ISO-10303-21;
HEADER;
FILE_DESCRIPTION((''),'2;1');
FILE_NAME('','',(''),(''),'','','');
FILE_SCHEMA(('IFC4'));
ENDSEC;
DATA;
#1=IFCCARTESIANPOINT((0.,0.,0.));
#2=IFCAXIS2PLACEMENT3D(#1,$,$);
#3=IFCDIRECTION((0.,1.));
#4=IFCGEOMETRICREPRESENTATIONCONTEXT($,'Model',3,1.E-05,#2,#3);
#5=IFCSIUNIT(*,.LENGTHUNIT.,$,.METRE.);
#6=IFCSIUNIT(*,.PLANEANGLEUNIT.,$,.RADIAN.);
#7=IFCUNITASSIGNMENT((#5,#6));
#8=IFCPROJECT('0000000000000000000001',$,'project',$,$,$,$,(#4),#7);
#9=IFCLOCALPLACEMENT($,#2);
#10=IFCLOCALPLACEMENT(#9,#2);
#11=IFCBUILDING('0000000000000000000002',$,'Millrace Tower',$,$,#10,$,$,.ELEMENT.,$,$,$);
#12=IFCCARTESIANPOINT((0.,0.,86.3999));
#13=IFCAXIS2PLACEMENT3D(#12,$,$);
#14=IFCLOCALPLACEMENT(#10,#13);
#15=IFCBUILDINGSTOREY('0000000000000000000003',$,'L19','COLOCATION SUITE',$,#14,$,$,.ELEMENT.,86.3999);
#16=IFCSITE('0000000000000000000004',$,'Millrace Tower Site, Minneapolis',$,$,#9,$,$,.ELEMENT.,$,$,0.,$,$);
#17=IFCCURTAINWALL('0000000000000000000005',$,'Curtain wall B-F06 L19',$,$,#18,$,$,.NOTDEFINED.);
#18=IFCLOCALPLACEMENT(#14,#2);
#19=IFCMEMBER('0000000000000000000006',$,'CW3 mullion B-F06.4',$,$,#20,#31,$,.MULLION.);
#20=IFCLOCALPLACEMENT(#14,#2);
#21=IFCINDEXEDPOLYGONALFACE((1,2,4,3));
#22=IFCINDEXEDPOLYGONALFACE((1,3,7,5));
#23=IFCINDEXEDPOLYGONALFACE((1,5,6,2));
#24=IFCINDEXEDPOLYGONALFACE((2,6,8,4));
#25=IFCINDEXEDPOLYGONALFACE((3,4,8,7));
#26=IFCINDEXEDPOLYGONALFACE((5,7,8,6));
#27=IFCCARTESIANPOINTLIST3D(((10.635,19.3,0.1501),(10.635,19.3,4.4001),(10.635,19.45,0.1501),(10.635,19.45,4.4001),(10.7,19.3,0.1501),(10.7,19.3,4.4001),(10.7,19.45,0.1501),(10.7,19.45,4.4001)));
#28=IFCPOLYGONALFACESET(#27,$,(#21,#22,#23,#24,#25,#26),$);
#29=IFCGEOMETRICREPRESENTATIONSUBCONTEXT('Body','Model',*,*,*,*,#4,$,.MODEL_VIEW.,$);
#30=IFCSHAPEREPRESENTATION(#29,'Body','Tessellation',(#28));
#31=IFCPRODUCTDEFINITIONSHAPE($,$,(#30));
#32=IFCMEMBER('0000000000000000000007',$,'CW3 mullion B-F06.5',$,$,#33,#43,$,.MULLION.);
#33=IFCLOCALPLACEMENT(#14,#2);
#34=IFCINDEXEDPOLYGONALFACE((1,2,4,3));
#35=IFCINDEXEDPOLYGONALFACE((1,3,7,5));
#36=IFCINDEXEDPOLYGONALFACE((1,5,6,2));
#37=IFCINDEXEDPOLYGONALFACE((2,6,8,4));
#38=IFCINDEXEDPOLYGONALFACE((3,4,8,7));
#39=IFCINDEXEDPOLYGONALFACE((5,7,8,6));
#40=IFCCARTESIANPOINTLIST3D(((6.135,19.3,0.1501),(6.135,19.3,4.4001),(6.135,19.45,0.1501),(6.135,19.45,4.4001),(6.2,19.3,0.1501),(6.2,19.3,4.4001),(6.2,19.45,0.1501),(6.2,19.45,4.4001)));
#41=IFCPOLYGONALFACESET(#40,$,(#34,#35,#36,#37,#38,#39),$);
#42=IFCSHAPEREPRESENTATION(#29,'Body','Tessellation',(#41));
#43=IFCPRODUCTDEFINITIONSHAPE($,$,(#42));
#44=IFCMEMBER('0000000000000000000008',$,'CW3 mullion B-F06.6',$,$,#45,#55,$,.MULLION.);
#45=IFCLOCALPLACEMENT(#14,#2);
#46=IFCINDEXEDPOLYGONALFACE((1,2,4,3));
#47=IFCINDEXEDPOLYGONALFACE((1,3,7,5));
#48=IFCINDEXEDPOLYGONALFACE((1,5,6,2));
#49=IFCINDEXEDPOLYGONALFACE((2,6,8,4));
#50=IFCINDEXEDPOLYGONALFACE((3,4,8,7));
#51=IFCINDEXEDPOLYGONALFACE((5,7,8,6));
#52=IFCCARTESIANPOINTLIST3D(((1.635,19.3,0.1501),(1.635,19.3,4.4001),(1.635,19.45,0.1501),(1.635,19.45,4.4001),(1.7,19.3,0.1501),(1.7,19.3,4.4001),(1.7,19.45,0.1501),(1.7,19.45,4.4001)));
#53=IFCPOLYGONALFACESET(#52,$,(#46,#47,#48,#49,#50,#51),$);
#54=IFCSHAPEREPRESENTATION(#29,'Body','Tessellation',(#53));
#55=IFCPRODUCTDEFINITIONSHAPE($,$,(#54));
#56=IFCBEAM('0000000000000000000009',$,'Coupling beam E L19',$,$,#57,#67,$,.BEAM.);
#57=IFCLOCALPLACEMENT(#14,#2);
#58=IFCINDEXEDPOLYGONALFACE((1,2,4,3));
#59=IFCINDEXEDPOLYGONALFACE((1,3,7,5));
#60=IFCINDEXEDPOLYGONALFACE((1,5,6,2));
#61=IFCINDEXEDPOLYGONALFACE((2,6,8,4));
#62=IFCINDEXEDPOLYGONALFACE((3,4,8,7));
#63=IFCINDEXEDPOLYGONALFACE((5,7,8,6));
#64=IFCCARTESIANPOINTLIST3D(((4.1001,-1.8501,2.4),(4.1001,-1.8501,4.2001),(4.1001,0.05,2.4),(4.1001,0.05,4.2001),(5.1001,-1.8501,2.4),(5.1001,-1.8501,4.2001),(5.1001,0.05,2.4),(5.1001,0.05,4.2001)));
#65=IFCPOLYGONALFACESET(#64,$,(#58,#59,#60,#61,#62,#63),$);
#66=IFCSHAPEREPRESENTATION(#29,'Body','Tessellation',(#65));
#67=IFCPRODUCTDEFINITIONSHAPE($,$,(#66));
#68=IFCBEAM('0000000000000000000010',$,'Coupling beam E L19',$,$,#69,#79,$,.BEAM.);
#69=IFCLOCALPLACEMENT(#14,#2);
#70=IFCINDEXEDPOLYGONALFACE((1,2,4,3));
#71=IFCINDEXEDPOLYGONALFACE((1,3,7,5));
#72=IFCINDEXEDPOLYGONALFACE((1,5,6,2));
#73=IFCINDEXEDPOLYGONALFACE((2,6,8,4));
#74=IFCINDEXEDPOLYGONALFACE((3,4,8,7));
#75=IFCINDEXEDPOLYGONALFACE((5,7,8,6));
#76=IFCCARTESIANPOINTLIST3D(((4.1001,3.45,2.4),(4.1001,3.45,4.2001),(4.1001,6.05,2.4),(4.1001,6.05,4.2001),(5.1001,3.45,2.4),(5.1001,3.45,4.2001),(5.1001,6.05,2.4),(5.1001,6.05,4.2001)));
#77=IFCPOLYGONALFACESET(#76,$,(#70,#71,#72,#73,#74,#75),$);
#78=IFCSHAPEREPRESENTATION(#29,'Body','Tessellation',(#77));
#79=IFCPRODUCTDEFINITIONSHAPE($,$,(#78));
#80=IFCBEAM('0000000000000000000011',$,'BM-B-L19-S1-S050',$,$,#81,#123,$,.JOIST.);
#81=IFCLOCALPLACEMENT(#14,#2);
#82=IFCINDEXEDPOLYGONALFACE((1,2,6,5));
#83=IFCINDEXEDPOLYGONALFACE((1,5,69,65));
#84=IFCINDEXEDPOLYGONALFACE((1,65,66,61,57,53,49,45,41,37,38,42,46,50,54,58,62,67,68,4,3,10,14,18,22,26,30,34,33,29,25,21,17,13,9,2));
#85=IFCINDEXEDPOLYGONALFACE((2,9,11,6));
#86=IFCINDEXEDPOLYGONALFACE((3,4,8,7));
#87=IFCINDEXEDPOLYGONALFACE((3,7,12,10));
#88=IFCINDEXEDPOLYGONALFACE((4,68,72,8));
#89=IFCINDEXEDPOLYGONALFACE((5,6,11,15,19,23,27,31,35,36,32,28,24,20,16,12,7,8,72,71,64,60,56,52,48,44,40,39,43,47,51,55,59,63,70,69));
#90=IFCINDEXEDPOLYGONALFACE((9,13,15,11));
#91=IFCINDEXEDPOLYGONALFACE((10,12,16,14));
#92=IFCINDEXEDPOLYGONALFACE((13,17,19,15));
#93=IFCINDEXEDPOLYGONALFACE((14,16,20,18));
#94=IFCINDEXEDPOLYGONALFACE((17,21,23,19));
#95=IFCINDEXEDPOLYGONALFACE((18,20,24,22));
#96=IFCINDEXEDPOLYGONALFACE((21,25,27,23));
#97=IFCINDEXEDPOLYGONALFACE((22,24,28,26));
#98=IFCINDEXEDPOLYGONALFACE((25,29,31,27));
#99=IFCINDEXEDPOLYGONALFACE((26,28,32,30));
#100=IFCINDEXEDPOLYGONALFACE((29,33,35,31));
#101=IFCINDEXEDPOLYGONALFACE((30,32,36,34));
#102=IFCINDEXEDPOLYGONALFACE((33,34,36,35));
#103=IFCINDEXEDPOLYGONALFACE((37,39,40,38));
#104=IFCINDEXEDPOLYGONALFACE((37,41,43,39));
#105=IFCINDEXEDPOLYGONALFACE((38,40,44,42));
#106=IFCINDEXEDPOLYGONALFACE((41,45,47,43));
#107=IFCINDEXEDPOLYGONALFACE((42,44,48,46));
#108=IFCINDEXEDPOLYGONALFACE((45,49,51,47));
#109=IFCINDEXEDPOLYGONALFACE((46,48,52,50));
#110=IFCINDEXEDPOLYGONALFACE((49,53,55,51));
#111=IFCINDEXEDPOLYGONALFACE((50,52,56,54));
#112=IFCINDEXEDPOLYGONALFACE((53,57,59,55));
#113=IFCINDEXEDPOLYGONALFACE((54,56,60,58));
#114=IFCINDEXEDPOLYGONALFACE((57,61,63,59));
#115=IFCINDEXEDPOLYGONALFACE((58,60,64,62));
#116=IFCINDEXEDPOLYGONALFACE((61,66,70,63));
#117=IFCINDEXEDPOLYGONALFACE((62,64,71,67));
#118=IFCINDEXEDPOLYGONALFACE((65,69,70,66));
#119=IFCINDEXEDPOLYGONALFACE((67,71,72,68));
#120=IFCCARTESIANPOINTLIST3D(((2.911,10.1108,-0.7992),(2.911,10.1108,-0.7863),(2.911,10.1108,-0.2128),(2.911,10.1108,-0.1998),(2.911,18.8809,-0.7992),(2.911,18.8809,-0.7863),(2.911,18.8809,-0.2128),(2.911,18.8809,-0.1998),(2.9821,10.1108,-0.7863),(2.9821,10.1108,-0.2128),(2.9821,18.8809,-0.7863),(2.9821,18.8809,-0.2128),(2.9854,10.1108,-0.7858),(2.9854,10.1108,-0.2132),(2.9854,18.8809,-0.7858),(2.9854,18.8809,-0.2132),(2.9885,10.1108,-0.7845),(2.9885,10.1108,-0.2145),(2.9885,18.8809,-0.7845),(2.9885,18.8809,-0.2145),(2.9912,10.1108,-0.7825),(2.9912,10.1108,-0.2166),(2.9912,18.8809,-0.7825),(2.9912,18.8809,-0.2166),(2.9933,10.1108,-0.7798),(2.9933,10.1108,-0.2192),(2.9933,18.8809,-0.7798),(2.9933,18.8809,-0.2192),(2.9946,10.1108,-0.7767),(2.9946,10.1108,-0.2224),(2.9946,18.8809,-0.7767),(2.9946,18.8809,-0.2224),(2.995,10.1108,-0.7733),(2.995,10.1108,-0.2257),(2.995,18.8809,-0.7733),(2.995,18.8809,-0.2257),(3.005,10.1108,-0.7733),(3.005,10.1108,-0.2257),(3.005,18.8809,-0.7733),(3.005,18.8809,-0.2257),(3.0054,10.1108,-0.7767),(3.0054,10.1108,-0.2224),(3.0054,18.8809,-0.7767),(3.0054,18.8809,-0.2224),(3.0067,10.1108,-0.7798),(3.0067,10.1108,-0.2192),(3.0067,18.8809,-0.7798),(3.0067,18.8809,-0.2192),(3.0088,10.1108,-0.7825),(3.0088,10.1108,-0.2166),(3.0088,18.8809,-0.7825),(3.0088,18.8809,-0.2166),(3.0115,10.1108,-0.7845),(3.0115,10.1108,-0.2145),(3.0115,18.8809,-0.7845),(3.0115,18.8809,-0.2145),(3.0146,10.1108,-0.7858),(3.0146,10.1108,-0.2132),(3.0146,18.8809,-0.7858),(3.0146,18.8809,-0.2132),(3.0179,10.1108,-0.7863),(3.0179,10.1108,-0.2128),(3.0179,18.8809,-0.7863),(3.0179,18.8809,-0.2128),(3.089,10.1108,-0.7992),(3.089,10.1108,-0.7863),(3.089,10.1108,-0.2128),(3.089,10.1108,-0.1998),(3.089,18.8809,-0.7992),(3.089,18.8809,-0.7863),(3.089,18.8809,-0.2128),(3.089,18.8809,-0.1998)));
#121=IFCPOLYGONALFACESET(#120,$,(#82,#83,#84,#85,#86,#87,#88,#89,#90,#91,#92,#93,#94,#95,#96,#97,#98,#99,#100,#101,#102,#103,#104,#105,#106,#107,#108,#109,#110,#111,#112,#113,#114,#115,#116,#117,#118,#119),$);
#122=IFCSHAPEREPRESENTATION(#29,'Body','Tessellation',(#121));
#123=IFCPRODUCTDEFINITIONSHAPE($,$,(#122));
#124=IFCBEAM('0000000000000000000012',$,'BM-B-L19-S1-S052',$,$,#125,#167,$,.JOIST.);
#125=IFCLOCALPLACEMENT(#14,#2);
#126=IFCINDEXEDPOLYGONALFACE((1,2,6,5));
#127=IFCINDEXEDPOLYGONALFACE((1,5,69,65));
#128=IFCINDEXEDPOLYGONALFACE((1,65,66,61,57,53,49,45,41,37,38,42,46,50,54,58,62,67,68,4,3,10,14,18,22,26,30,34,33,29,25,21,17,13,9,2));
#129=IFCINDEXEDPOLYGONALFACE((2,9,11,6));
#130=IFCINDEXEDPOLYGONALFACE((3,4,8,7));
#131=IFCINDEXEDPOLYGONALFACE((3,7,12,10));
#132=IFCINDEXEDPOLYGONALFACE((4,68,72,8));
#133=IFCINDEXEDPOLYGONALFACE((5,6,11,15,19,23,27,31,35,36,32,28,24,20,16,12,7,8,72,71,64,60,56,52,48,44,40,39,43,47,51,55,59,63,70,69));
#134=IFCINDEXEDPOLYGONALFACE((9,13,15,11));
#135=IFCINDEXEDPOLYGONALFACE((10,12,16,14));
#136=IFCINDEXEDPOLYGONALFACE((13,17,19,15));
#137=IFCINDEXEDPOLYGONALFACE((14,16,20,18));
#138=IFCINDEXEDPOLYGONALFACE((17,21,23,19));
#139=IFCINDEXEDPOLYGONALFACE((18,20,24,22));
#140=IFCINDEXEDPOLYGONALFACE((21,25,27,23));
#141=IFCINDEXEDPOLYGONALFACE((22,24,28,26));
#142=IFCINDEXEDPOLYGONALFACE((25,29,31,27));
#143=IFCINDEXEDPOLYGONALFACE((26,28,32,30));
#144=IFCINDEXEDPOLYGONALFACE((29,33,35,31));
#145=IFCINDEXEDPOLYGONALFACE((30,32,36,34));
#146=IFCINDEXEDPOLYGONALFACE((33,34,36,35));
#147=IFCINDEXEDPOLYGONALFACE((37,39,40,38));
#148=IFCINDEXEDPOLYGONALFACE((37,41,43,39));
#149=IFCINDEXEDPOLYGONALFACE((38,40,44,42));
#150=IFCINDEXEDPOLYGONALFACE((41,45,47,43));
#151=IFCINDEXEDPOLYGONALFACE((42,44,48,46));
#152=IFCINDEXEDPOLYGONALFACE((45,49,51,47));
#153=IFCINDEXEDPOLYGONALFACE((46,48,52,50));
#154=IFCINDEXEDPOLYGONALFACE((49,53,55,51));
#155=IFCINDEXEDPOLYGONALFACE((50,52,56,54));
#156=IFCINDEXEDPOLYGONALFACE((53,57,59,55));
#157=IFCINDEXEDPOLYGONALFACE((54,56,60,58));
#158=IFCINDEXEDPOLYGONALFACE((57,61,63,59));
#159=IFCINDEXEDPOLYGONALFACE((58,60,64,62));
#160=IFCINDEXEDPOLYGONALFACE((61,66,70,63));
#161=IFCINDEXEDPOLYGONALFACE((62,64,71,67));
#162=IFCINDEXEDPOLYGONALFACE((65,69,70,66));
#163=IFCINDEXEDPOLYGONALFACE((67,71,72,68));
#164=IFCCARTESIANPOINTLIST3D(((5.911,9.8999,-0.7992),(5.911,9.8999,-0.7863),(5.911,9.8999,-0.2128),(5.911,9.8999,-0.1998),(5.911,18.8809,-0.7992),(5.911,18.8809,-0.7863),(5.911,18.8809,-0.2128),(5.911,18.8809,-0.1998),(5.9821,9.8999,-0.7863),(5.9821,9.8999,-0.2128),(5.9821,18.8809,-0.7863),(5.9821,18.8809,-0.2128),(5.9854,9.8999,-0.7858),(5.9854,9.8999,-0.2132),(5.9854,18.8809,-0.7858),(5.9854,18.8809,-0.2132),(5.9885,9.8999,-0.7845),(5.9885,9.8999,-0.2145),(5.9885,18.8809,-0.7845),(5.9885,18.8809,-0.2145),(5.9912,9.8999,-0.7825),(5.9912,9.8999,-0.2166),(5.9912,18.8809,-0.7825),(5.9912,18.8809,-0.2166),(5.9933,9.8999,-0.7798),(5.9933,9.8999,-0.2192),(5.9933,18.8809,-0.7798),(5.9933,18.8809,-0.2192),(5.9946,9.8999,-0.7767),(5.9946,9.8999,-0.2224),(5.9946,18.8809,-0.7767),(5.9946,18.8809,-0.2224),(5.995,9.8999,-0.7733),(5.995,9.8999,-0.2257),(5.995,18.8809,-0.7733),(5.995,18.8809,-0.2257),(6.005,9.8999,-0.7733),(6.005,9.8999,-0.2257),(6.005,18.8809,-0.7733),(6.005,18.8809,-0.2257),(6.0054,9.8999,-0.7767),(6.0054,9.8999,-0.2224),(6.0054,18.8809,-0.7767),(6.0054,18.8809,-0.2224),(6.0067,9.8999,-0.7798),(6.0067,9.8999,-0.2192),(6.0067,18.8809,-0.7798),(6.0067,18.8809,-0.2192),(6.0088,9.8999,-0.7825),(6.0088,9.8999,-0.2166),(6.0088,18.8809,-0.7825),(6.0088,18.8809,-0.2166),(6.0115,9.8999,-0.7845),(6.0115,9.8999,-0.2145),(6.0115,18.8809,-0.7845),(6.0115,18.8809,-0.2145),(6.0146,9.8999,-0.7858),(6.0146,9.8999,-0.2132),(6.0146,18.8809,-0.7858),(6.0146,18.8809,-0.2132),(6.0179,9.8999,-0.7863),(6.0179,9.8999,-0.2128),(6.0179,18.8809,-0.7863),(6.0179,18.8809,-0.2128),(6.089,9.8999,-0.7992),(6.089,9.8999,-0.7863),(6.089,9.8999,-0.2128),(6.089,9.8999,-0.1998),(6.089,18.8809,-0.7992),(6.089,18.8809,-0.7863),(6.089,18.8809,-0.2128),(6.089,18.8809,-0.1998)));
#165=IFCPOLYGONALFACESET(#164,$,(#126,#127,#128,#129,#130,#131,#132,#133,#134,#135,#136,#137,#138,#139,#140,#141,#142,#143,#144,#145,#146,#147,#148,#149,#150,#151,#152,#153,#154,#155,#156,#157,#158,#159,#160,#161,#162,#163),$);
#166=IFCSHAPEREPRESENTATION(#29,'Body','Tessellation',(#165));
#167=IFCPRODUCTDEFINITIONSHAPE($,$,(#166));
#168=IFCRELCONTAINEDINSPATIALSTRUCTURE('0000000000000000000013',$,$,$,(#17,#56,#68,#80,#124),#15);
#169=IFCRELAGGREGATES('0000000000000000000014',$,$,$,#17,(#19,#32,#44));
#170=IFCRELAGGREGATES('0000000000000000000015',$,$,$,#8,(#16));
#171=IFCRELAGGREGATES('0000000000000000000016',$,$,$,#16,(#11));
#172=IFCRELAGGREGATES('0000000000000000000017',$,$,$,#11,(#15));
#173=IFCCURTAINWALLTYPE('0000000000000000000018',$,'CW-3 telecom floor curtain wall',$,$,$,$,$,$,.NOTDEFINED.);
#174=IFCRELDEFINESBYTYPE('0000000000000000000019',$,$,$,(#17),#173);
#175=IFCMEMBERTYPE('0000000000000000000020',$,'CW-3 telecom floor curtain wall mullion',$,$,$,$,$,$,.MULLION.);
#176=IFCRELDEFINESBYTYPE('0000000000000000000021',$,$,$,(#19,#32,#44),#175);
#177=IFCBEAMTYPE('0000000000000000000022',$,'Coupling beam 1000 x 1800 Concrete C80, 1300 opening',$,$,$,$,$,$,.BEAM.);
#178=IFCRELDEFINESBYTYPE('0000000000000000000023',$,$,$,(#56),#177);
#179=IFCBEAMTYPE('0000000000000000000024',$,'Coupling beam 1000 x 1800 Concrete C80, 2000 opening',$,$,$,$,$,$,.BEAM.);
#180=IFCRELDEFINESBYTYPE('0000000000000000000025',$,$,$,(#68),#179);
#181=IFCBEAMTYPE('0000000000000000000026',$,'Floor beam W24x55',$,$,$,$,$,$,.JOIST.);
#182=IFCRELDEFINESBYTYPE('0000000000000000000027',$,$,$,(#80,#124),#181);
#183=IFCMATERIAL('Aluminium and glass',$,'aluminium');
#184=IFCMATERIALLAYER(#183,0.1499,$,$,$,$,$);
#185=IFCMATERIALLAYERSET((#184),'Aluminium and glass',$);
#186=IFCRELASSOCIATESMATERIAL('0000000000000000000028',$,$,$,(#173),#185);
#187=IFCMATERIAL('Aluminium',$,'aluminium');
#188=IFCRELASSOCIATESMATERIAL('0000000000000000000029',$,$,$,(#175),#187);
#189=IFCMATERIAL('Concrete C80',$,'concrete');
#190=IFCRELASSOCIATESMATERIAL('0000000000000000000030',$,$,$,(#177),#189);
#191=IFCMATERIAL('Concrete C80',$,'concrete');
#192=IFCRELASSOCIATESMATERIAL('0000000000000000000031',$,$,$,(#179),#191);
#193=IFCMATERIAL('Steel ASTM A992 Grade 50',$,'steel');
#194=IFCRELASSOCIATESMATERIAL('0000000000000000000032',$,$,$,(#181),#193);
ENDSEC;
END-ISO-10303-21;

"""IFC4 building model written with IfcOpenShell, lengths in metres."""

from ifc_helpers import new_model, si_unit, direction, frame, origin, origin_2d, place, context, subcontext, project, spatial, rectangle, i_section, extrude, material, layer, layer_set, material_profile, profile_set, type_object, element, aggregate, save


model = new_model("IFC4")

# Units and contexts
model_context = context("Model", 3, precision=1e-05, world=origin(), true_north=direction((0.0, 1.0)))
body_context = subcontext(model_context, "Body", "Model", "MODEL_VIEW")
ifc_project = project(units=[si_unit("LENGTHUNIT", "METRE"), si_unit("PLANEANGLEUNIT", "RADIAN")], contexts=[model_context])

# Site, building, storey
site_placement = place(None, origin())
site = spatial("IfcSite", under=ifc_project, at=site_placement, Name="Millrace Tower Site, Minneapolis", CompositionType="ELEMENT", RefElevation=0.0)
building_placement = place(site_placement, origin())
building = spatial("IfcBuilding", under=site, at=building_placement, Name="Millrace Tower", CompositionType="ELEMENT")
storey_placement = place(building_placement, frame((0.0, 0.0, 86.3999)))
storey = spatial("IfcBuildingStorey", under=building, at=storey_placement, Name="L19", Description="COLOCATION SUITE", CompositionType="ELEMENT", Elevation=86.3999)

# Curtain wall, members
ifc_material_1 = material(Name="Aluminium and glass", Category="aluminium")
ifc_layer_1 = layer(ifc_material_1, 0.1499)
ifc_layer_set_1 = layer_set([ifc_layer_1], Name="Aluminium and glass")
curtain_wall_type = type_object("IfcCurtainWallType", Name="CW-3 telecom floor curtain wall", PredefinedType="NOTDEFINED", material=ifc_layer_set_1)
curtain_wall_placement = place(storey_placement, origin())
curtain_wall = element("IfcCurtainWall", 1, at=curtain_wall_placement, inside=storey, type_object=curtain_wall_type, Name="Curtain wall B-F06 L19", PredefinedType="NOTDEFINED")
ifc_material_2 = material(Name="Aluminium", Category="aluminium")
ifc_material_profile_1 = material_profile(ifc_material_2, rectangle(XDim=0.0649, YDim=0.1499, at=origin_2d()))
ifc_profile_set_1 = profile_set([ifc_material_profile_1], Name="Aluminium")
member_type = type_object("IfcMemberType", Name="CW-3 telecom floor curtain wall mullion", PredefinedType="MULLION", material=ifc_profile_set_1)
member_1_placement = place(storey_placement, frame((10.6675, 19.375, 0.1501), z_axis=(0.0, 0.0, 1.0), x_axis=(-1.0, 0.0, 0.0)))
member_1 = element("IfcMember", 2, at=member_1_placement, type_object=member_type, Name="CW3 mullion B-F06.4", PredefinedType="MULLION", context=body_context, shape_type="SweptSolid", body=[
    extrude(rectangle(XDim=0.0649, YDim=0.1499, at=origin_2d()), origin(), (0.0, 0.0, 1.0), 4.25),
])
member_2_placement = place(storey_placement, frame((6.1675, 19.375, 0.1501), z_axis=(0.0, 0.0, 1.0), x_axis=(-1.0, 0.0, 0.0)))
member_2 = element("IfcMember", 3, at=member_2_placement, type_object=member_type, Name="CW3 mullion B-F06.5", PredefinedType="MULLION", context=body_context, shape_type="SweptSolid", body=[
    extrude(rectangle(XDim=0.0649, YDim=0.1499, at=origin_2d()), origin(), (0.0, 0.0, 1.0), 4.25),
])
member_3_placement = place(storey_placement, frame((1.6675, 19.375, 0.1501), z_axis=(0.0, 0.0, 1.0), x_axis=(-1.0, 0.0, 0.0)))
member_3 = element("IfcMember", 4, at=member_3_placement, type_object=member_type, Name="CW3 mullion B-F06.6", PredefinedType="MULLION", context=body_context, shape_type="SweptSolid", body=[
    extrude(rectangle(XDim=0.0649, YDim=0.1499, at=origin_2d()), origin(), (0.0, 0.0, 1.0), 4.25),
])
aggregate(curtain_wall, [member_1, member_2, member_3])

# Beams
ifc_material_3 = material(Name="Concrete C80", Category="concrete")
ifc_material_profile_2 = material_profile(ifc_material_3, rectangle(XDim=1.0, YDim=1.8, at=origin_2d()))
ifc_profile_set_2 = profile_set([ifc_material_profile_2], Name="Concrete C80")
beam_type_1 = type_object("IfcBeamType", Name="Coupling beam 1000 x 1800 Concrete C80, 1300 opening", PredefinedType="BEAM", material=ifc_profile_set_2)
beam_1_placement = place(storey_placement, frame((4.6001, 0.05, 3.3), z_axis=(0.0, -1.0, 0.0), x_axis=(1.0, 0.0, 0.0)))
element("IfcBeam", 5, at=beam_1_placement, inside=storey, type_object=beam_type_1, Name="Coupling beam E L19", PredefinedType="BEAM", context=body_context, shape_type="SweptSolid", body=[
    extrude(rectangle(XDim=1.0, YDim=1.8, at=origin_2d()), origin(), (0.0, 0.0, 1.0), 1.9001),
])
ifc_material_4 = material(Name="Concrete C80", Category="concrete")
ifc_material_profile_3 = material_profile(ifc_material_4, rectangle(XDim=1.0, YDim=1.8, at=origin_2d()))
ifc_profile_set_3 = profile_set([ifc_material_profile_3], Name="Concrete C80")
beam_type_2 = type_object("IfcBeamType", Name="Coupling beam 1000 x 1800 Concrete C80, 2000 opening", PredefinedType="BEAM", material=ifc_profile_set_3)
beam_2_placement = place(storey_placement, frame((4.6001, 6.05, 3.3), z_axis=(0.0, -1.0, 0.0), x_axis=(1.0, 0.0, 0.0)))
element("IfcBeam", 6, at=beam_2_placement, inside=storey, type_object=beam_type_2, Name="Coupling beam E L19", PredefinedType="BEAM", context=body_context, shape_type="SweptSolid", body=[
    extrude(rectangle(XDim=1.0, YDim=1.8, at=origin_2d()), origin(), (0.0, 0.0, 1.0), 2.6001),
])
ifc_material_5 = material(Name="Steel ASTM A992 Grade 50", Category="steel")
ifc_material_profile_4 = material_profile(ifc_material_5, i_section(OverallWidth=0.178, OverallDepth=0.5994, WebThickness=0.01, FlangeThickness=0.0129, FilletRadius=0.0129, at=origin_2d()))
ifc_profile_set_4 = profile_set([ifc_material_profile_4], Name="Steel ASTM A992 Grade 50")
beam_type_3 = type_object("IfcBeamType", Name="Floor beam W24x55", PredefinedType="JOIST", material=ifc_profile_set_4)
beam_3_placement = place(storey_placement, frame((3.0, 10.1108, -0.4995), z_axis=(0.0, 1.0, 0.0), x_axis=(-1.0, 0.0, 0.0)))
element("IfcBeam", 7, at=beam_3_placement, inside=storey, type_object=beam_type_3, Name="BM-B-L19-S1-S050", PredefinedType="JOIST", context=body_context, shape_type="SweptSolid", body=[
    extrude(i_section(OverallWidth=0.178, OverallDepth=0.5994, WebThickness=0.01, FlangeThickness=0.0129, FilletRadius=0.0129, at=origin_2d()), origin(), (0.0, 0.0, 1.0), 8.77),
])
for number, where, z_axis, x_axis, name in (
    (8, (6.0, 9.8999, -0.4995), (0.0, 1.0, 0.0), (-1.0, 0.0, 0.0), "BM-B-L19-S1-S052"),
):
    element("IfcBeam", number, at=place(storey_placement, frame(where, z_axis=z_axis, x_axis=x_axis)), inside=storey, type_object=beam_type_3, Name=name, PredefinedType="JOIST", context=body_context, shape_type="SweptSolid", body=[
        extrude(i_section(OverallWidth=0.178, OverallDepth=0.5994, WebThickness=0.01, FlangeThickness=0.0129, FilletRadius=0.0129, at=origin_2d()), origin(), (0.0, 0.0, 1.0), 8.981),
    ])

save(model, "model.ifc")
